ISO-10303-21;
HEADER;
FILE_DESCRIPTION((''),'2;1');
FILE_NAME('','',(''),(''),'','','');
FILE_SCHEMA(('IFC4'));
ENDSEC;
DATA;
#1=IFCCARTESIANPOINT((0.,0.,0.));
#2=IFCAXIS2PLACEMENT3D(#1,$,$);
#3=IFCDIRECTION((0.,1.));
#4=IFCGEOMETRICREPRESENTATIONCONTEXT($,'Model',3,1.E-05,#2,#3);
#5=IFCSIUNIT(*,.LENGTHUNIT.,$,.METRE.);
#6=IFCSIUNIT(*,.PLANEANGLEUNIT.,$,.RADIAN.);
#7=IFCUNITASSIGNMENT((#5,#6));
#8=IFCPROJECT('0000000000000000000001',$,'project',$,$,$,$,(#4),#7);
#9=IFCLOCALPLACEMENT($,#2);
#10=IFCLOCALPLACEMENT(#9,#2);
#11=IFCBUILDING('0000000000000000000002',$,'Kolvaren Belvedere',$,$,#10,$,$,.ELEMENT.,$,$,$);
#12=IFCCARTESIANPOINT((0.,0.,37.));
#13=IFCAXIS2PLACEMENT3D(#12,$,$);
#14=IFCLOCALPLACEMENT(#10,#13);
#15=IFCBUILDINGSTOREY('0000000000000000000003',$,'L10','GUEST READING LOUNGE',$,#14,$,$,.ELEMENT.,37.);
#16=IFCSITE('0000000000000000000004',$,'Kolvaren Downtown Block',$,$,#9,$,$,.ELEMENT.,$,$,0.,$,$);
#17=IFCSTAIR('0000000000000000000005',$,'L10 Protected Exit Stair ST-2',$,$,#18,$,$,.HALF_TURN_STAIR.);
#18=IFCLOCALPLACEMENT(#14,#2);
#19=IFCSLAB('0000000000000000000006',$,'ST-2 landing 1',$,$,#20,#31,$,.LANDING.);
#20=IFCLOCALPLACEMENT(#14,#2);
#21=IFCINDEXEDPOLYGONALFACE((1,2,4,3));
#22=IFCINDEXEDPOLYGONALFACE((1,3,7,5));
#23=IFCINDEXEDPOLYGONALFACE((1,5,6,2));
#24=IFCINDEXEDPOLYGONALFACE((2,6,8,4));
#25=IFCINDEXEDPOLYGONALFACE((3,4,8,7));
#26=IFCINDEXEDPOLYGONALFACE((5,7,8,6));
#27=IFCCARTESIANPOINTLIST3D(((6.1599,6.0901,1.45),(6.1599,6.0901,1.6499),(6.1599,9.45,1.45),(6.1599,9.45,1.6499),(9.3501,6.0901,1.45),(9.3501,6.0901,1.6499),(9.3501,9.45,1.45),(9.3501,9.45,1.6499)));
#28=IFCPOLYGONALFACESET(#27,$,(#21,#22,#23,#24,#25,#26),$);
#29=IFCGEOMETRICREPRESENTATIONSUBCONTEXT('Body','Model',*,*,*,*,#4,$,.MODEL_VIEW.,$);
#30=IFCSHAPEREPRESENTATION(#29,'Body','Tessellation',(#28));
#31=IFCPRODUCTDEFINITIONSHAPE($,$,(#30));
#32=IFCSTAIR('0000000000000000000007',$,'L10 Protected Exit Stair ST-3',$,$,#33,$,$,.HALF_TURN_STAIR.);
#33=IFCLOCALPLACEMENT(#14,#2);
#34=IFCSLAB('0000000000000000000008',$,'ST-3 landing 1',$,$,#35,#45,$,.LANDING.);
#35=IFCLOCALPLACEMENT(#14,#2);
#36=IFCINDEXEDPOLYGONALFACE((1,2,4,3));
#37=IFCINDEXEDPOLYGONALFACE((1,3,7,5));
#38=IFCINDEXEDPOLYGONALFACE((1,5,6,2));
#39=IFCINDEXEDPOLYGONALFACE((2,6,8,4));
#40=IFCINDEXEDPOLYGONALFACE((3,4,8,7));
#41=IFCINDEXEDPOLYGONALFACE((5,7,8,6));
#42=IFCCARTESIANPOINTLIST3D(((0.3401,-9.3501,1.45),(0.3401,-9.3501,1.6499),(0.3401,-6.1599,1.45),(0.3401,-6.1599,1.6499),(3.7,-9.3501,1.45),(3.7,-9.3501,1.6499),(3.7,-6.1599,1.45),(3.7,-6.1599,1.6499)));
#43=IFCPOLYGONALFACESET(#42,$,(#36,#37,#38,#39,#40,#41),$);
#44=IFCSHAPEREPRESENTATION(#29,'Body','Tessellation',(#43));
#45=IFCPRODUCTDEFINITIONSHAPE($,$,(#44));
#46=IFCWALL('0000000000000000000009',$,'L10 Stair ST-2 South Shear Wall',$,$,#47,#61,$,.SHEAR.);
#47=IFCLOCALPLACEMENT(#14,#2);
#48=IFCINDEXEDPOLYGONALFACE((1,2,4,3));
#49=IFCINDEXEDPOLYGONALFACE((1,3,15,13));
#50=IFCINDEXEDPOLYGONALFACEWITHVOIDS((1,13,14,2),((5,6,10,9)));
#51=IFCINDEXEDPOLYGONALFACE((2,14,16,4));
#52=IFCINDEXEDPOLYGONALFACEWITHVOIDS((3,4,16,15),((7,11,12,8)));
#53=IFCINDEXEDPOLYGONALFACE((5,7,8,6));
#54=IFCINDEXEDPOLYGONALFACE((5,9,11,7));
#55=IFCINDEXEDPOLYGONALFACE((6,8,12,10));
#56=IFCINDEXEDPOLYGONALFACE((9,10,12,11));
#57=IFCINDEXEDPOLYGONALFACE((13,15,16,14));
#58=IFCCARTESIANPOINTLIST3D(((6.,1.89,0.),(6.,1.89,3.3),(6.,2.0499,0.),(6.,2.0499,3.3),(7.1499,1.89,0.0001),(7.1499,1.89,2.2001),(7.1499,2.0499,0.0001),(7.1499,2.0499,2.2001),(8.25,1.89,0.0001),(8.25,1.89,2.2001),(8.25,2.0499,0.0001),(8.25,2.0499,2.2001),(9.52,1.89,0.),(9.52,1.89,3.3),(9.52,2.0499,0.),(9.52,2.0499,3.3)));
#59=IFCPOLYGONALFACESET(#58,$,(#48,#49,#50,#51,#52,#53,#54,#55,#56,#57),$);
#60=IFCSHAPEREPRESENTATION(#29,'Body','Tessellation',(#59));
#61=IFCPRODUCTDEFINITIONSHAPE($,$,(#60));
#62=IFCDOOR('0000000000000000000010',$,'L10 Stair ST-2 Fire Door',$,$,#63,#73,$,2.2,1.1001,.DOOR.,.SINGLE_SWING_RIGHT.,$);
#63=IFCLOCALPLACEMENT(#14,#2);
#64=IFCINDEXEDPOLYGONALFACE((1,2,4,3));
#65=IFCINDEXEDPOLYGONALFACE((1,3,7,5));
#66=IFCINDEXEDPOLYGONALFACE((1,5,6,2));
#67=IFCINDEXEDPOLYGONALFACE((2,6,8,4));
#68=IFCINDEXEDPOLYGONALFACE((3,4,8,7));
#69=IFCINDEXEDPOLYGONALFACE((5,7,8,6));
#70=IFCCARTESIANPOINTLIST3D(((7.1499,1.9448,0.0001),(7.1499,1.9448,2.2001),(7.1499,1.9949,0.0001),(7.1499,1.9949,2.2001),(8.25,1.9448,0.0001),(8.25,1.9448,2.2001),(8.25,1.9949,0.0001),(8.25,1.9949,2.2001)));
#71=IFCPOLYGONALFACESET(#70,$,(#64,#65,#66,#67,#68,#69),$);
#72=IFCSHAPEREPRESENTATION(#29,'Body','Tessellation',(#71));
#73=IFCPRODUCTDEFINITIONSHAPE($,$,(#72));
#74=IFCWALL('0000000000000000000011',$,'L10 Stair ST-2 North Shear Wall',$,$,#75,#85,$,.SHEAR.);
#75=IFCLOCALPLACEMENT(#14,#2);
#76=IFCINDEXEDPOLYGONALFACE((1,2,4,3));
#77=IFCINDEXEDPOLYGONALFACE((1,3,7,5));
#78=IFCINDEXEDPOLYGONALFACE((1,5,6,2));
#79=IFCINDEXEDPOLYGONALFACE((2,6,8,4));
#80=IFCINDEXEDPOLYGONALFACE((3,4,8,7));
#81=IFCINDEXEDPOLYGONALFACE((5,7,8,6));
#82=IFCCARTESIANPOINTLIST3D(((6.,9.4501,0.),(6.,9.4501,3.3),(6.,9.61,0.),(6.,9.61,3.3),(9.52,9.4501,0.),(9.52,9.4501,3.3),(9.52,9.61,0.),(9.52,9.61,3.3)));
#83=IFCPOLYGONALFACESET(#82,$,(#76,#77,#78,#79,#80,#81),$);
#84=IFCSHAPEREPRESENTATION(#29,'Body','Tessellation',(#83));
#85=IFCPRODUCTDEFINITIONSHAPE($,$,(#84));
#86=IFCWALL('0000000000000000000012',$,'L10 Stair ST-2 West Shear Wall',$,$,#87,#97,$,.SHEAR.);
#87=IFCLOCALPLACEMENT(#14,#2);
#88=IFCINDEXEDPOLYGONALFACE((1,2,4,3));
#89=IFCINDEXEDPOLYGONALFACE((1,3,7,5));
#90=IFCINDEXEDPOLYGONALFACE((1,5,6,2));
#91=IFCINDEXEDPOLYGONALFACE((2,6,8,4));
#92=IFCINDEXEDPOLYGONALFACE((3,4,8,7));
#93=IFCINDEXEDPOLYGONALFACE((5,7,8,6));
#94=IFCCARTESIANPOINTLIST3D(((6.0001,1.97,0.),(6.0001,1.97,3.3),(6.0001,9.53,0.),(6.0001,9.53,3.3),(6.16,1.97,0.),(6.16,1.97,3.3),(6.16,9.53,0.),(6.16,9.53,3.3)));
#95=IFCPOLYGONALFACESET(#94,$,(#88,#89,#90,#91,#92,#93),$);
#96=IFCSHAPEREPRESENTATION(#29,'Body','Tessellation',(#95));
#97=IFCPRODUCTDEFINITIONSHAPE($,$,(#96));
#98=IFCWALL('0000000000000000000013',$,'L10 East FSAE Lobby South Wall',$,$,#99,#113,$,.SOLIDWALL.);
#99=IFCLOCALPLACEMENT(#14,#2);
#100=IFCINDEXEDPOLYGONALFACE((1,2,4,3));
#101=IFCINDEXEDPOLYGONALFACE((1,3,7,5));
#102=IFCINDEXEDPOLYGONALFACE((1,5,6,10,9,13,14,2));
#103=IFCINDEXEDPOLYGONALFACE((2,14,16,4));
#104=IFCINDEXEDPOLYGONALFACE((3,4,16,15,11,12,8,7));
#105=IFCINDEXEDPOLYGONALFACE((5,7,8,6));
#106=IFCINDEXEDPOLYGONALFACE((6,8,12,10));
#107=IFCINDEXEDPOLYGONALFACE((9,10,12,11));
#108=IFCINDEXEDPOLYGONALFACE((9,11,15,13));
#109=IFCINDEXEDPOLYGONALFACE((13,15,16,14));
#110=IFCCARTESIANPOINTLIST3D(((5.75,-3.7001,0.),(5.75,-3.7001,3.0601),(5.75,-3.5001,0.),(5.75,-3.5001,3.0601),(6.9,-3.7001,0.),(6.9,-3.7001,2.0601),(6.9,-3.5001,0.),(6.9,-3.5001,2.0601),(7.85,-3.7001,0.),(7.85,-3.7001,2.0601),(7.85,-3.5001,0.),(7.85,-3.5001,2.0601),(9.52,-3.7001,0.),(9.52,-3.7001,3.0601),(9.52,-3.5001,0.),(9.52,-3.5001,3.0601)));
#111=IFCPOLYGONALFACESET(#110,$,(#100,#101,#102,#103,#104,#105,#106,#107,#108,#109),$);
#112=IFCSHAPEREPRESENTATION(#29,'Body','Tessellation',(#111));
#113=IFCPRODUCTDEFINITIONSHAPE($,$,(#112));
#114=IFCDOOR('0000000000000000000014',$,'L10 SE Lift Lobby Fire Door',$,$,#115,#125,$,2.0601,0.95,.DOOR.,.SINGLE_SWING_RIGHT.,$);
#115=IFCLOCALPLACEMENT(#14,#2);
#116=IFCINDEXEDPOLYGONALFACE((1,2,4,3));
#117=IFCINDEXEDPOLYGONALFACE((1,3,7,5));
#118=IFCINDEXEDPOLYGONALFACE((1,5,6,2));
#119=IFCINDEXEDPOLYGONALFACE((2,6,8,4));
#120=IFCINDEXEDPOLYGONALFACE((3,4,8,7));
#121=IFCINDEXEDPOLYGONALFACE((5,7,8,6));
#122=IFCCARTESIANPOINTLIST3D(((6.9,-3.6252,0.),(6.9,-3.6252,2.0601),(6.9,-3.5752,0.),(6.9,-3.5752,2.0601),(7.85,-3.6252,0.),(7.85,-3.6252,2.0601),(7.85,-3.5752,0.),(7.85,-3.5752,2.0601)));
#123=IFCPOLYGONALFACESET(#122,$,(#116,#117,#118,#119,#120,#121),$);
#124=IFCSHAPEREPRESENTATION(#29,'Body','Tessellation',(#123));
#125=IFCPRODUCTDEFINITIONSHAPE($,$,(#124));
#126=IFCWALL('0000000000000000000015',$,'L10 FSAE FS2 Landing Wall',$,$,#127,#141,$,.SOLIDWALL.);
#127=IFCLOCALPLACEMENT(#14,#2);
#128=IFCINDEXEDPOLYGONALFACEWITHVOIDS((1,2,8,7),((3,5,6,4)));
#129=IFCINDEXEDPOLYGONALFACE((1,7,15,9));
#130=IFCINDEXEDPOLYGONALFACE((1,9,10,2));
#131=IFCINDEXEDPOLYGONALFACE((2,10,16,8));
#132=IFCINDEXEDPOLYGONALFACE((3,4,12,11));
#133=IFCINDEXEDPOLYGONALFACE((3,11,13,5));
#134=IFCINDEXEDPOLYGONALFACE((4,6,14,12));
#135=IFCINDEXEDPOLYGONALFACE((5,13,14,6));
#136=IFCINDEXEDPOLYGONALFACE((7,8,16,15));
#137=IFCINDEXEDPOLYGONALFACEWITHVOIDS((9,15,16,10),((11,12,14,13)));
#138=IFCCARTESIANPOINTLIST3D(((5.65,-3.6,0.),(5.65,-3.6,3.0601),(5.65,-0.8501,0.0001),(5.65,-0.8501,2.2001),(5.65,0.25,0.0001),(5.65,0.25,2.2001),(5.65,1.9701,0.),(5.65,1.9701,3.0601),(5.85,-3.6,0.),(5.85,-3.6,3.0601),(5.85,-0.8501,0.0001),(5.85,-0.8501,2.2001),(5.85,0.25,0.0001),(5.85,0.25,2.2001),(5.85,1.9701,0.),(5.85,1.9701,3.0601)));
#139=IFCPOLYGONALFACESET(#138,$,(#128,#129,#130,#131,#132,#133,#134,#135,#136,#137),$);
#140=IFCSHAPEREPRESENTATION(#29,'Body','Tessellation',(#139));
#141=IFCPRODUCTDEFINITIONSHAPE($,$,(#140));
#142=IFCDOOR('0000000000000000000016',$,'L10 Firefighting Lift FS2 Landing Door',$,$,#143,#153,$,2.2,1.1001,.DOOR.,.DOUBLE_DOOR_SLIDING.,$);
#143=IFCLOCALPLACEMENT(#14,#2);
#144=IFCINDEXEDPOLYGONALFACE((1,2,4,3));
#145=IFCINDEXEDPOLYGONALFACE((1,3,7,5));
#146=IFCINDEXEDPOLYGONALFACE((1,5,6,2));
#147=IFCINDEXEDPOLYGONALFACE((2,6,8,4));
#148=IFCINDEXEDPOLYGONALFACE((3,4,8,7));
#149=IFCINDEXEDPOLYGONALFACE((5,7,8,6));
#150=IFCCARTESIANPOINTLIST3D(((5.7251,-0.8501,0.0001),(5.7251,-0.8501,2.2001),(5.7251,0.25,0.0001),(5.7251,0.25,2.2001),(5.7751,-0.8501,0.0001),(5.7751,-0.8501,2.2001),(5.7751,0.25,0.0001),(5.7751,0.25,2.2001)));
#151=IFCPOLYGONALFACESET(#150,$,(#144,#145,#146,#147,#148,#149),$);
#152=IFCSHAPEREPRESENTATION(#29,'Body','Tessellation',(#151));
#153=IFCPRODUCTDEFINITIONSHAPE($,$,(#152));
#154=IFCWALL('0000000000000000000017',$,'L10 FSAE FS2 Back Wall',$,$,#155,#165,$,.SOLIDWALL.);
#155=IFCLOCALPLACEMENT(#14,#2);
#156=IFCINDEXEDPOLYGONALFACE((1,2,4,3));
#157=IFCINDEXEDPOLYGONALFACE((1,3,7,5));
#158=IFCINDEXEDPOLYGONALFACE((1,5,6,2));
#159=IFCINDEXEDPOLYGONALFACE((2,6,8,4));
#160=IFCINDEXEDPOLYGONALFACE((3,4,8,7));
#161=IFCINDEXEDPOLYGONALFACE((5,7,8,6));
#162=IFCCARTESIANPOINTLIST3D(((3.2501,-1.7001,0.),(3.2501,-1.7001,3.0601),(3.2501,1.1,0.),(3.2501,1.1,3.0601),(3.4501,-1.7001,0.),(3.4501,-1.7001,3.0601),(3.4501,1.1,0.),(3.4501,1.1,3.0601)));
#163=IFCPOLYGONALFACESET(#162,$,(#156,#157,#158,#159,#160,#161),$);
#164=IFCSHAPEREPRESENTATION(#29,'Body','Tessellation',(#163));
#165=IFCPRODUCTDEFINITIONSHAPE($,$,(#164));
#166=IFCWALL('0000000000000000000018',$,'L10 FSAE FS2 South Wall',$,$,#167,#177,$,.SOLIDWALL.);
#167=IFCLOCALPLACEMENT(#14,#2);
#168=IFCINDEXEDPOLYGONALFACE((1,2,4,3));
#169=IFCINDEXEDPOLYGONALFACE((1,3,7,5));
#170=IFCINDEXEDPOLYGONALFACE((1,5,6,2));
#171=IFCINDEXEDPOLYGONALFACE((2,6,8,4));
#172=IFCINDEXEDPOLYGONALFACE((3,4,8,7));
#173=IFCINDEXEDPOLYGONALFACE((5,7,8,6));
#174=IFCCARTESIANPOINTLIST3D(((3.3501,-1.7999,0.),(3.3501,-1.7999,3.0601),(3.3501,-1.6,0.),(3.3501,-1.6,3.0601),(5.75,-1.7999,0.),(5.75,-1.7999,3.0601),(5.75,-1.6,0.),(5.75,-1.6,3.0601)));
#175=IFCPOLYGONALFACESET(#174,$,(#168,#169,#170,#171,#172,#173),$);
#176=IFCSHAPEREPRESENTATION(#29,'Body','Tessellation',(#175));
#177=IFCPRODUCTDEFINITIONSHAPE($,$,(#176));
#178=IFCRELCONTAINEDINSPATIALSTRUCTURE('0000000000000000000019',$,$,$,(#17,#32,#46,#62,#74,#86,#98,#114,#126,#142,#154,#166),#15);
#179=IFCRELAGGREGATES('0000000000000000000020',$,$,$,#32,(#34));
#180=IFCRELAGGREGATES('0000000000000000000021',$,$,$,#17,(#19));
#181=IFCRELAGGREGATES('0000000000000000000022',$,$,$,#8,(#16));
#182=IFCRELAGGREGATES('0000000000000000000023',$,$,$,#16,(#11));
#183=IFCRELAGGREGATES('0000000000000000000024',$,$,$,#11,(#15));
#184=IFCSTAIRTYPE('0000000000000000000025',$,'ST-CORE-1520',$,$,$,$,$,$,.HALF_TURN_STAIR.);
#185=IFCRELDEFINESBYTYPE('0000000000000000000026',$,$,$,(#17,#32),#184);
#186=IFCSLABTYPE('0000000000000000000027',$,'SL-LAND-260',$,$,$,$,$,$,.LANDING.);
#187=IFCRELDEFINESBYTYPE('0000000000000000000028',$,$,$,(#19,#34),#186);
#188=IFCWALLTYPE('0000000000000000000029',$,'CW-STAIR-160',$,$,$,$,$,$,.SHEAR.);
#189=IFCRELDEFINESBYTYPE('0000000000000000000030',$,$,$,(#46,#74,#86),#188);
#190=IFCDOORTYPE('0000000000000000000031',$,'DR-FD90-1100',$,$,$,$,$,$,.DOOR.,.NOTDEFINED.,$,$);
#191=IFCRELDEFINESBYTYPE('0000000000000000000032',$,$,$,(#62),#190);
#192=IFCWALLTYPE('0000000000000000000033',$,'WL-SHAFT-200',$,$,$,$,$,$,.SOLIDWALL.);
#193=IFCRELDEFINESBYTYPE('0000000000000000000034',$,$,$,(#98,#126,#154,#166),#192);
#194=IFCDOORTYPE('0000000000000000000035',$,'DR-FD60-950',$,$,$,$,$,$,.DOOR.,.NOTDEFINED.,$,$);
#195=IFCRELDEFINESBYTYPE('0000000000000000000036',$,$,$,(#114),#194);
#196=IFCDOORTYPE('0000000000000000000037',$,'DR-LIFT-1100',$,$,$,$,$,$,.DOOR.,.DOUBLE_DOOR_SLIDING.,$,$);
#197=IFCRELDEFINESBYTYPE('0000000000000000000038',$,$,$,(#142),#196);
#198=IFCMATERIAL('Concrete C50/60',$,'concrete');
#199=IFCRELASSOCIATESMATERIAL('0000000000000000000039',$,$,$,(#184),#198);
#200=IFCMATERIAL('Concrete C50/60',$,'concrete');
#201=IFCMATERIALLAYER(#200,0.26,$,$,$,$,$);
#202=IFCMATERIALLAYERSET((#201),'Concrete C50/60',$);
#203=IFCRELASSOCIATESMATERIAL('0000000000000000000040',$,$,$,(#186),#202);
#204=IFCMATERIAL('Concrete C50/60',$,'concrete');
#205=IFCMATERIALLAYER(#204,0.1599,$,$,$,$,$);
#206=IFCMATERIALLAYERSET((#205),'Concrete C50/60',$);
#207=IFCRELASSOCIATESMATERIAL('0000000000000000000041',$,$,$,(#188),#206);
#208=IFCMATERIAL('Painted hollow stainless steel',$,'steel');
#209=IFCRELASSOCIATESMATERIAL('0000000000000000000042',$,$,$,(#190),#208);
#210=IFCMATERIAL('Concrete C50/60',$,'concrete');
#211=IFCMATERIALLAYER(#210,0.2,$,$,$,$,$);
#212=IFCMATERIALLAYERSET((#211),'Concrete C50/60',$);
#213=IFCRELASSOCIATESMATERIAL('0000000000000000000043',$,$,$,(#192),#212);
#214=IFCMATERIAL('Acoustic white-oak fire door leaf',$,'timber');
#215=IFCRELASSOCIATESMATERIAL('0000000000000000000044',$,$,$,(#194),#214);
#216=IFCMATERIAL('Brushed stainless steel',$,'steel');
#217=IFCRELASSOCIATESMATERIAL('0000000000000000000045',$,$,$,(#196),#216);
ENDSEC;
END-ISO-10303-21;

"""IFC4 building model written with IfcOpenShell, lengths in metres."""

from ifc_helpers import new_model, si_unit, direction, frame, frame_2d, origin, place, context, subcontext, project, spatial, polyline, rectangle, outline, extrude, material, layer, layer_set, type_object, element, fill, aggregate, save


model = new_model("IFC4")

# Units and contexts
model_context = context("Model", 3, precision=1e-05, world=origin(), true_north=direction((0.0, 1.0)))
body_context = subcontext(model_context, "Body", "Model", "MODEL_VIEW")
ifc_project = project(units=[si_unit("LENGTHUNIT", "METRE"), si_unit("PLANEANGLEUNIT", "RADIAN")], contexts=[model_context])

# Site, building, storey
site_placement = place(None, origin())
site = spatial("IfcSite", under=ifc_project, at=site_placement, Name="Kolvaren Downtown Block", CompositionType="ELEMENT", RefElevation=0.0)
building_placement = place(site_placement, origin())
building = spatial("IfcBuilding", under=site, at=building_placement, Name="Kolvaren Belvedere", CompositionType="ELEMENT")
storey_placement = place(building_placement, frame((0.0, 0.0, 37.0)))
storey = spatial("IfcBuildingStorey", under=building, at=storey_placement, Name="L10", Description="GUEST READING LOUNGE", CompositionType="ELEMENT", Elevation=37.0)

# Stairs, slabs
ifc_material_1 = material(Name="Concrete C50/60", Category="concrete")
stair_type = type_object("IfcStairType", Name="ST-CORE-1520", PredefinedType="HALF_TURN_STAIR", material=ifc_material_1)
stair_1_placement = place(storey_placement, origin())
stair_1 = element("IfcStair", 1, at=stair_1_placement, inside=storey, type_object=stair_type, Name="L10 Protected Exit Stair ST-2", PredefinedType="HALF_TURN_STAIR")
ifc_material_2 = material(Name="Concrete C50/60", Category="concrete")
ifc_layer_1 = layer(ifc_material_2, 0.26)
ifc_layer_set_1 = layer_set([ifc_layer_1], Name="Concrete C50/60")
slab_type = type_object("IfcSlabType", Name="SL-LAND-260", PredefinedType="LANDING", material=ifc_layer_set_1)
slab_1_placement = place(storey_placement, frame((0.0, 0.0, 1.45)))
slab_1 = element("IfcSlab", 2, at=slab_1_placement, type_object=slab_type, Name="ST-2 landing 1", PredefinedType="LANDING", context=body_context, shape_type="SweptSolid", body=[
    extrude(outline(polyline([(9.3501, 6.0901), (9.3501, 9.45), (6.1599, 9.45), (6.1599, 6.0901), (9.3501, 6.0901)])), origin(), (0.0, 0.0, 1.0), 0.2),
])
stair_2_placement = place(storey_placement, origin())
stair_2 = element("IfcStair", 3, at=stair_2_placement, inside=storey, type_object=stair_type, Name="L10 Protected Exit Stair ST-3", PredefinedType="HALF_TURN_STAIR")
slab_2_placement = place(storey_placement, frame((0.0, 0.0, 1.45)))
slab_2 = element("IfcSlab", 4, at=slab_2_placement, type_object=slab_type, Name="ST-3 landing 1", PredefinedType="LANDING", context=body_context, shape_type="SweptSolid", body=[
    extrude(outline(polyline([(0.3401, -9.3501), (3.7, -9.3501), (3.7, -6.1599), (0.3401, -6.1599), (0.3401, -9.3501)])), origin(), (0.0, 0.0, 1.0), 0.2),
])
aggregate(stair_2, [slab_2])

# Wall, opening, door
ifc_material_3 = material(Name="Concrete C50/60", Category="concrete")
ifc_layer_2 = layer(ifc_material_3, 0.1599)
ifc_layer_set_2 = layer_set([ifc_layer_2], Name="Concrete C50/60")
wall_type_1 = type_object("IfcWallType", Name="CW-STAIR-160", PredefinedType="SHEAR", material=ifc_layer_set_2)
wall_1_placement = place(storey_placement, frame((6.0, 1.97, 0.0), z_axis=(0.0, 0.0, 1.0), x_axis=(1.0, 0.0, 0.0)))
wall_1 = element("IfcWall", 5, at=wall_1_placement, inside=storey, type_object=wall_type_1, Name="L10 Stair ST-2 South Shear Wall", PredefinedType="SHEAR", context=body_context, shape_type="SweptSolid", body=[
    extrude(rectangle(XDim=3.52, YDim=0.1599, at=frame_2d((1.76, 0.0))), origin(), (0.0, 0.0, 1.0), 3.3),
])
opening_1_placement = place(wall_1_placement, frame((1.1499, 0.0, 0.0)))
opening_1 = element("IfcOpeningElement", 6, at=opening_1_placement, cuts=wall_1, PredefinedType="OPENING", context=body_context, shape_type="SweptSolid", body=[
    extrude(rectangle(XDim=1.1001, YDim=2.2, at=frame_2d((0.55, 1.1001))), frame((0.0, 0.0898, 0.0), z_axis=(0.0, -1.0, 0.0), x_axis=(1.0, 0.0, 0.0)), (0.0, 0.0, 1.0), 0.1799),
])
ifc_material_4 = material(Name="Painted hollow stainless steel", Category="steel")
door_type_1 = type_object("IfcDoorType", Name="DR-FD90-1100", OperationType="NOTDEFINED", PredefinedType="DOOR", material=ifc_material_4)
door_1_placement = place(opening_1_placement, origin())
door_1 = element("IfcDoor", 7, at=door_1_placement, inside=storey, type_object=door_type_1, Name="L10 Stair ST-2 Fire Door", OperationType="SINGLE_SWING_RIGHT", OverallHeight=2.2, OverallWidth=1.1001, PredefinedType="DOOR", context=body_context, shape_type="SweptSolid", body=[
    extrude(rectangle(XDim=1.1001, YDim=2.2, at=frame_2d((0.55, 1.1001))), frame((0.0, 0.0249, 0.0), z_axis=(0.0, -1.0, 0.0), x_axis=(1.0, 0.0, 0.0)), (0.0, 0.0, 1.0), 0.05),
])
fill(opening_1, door_1)

# Walls
wall_2_placement = place(storey_placement, frame((6.0, 9.53, 0.0), z_axis=(0.0, 0.0, 1.0), x_axis=(1.0, 0.0, 0.0)))
element("IfcWall", 8, at=wall_2_placement, inside=storey, type_object=wall_type_1, Name="L10 Stair ST-2 North Shear Wall", PredefinedType="SHEAR", context=body_context, shape_type="SweptSolid", body=[
    extrude(rectangle(XDim=3.52, YDim=0.1599, at=frame_2d((1.76, 0.0))), origin(), (0.0, 0.0, 1.0), 3.3),
])
wall_3_placement = place(storey_placement, frame((6.0801, 1.97, 0.0), z_axis=(0.0, 0.0, 1.0), x_axis=(0.0, 1.0, 0.0)))
element("IfcWall", 9, at=wall_3_placement, inside=storey, type_object=wall_type_1, Name="L10 Stair ST-2 West Shear Wall", PredefinedType="SHEAR", context=body_context, shape_type="SweptSolid", body=[
    extrude(rectangle(XDim=7.5601, YDim=0.1599, at=frame_2d((3.78, 0.0))), origin(), (0.0, 0.0, 1.0), 3.3),
])

# Walls, openings, doors
ifc_material_5 = material(Name="Concrete C50/60", Category="concrete")
ifc_layer_3 = layer(ifc_material_5, 0.2)
ifc_layer_set_3 = layer_set([ifc_layer_3], Name="Concrete C50/60")
wall_type_2 = type_object("IfcWallType", Name="WL-SHAFT-200", PredefinedType="SOLIDWALL", material=ifc_layer_set_3)
wall_4_placement = place(storey_placement, frame((5.75, -3.6001, 0.0), z_axis=(0.0, 0.0, 1.0), x_axis=(1.0, 0.0, 0.0)))
wall_4 = element("IfcWall", 10, at=wall_4_placement, inside=storey, type_object=wall_type_2, Name="L10 East FSAE Lobby South Wall", PredefinedType="SOLIDWALL", context=body_context, shape_type="SweptSolid", body=[
    extrude(rectangle(XDim=3.77, YDim=0.2, at=frame_2d((1.885, 0.0))), origin(), (0.0, 0.0, 1.0), 3.0601),
])
opening_2_placement = place(wall_4_placement, frame((1.1499, 0.0, 0.0)))
opening_2 = element("IfcOpeningElement", 11, at=opening_2_placement, cuts=wall_4, PredefinedType="OPENING", context=body_context, shape_type="SweptSolid", body=[
    extrude(rectangle(XDim=0.95, YDim=2.0601, at=frame_2d((0.4751, 1.03))), frame((0.0, 0.1099, 0.0), z_axis=(0.0, -1.0, 0.0), x_axis=(1.0, 0.0, 0.0)), (0.0, 0.0, 1.0), 0.22),
])
ifc_material_6 = material(Name="Acoustic white-oak fire door leaf", Category="timber")
door_type_2 = type_object("IfcDoorType", Name="DR-FD60-950", OperationType="NOTDEFINED", PredefinedType="DOOR", material=ifc_material_6)
door_2_placement = place(opening_2_placement, origin())
door_2 = element("IfcDoor", 12, at=door_2_placement, inside=storey, type_object=door_type_2, Name="L10 SE Lift Lobby Fire Door", OperationType="SINGLE_SWING_RIGHT", OverallHeight=2.0601, OverallWidth=0.95, PredefinedType="DOOR", context=body_context, shape_type="SweptSolid", body=[
    extrude(rectangle(XDim=0.95, YDim=2.0601, at=frame_2d((0.4751, 1.03))), frame((0.0, 0.0249, 0.0), z_axis=(0.0, -1.0, 0.0), x_axis=(1.0, 0.0, 0.0)), (0.0, 0.0, 1.0), 0.05),
])
fill(opening_2, door_2)
wall_5_placement = place(storey_placement, frame((5.75, -3.6001, 0.0), z_axis=(0.0, 0.0, 1.0), x_axis=(0.0, 1.0, 0.0)))
wall_5 = element("IfcWall", 13, at=wall_5_placement, inside=storey, type_object=wall_type_2, Name="L10 FSAE FS2 Landing Wall", PredefinedType="SOLIDWALL", context=body_context, shape_type="SweptSolid", body=[
    extrude(rectangle(XDim=5.5701, YDim=0.2, at=frame_2d((2.7852, 0.0))), origin(), (0.0, 0.0, 1.0), 3.0601),
])
opening_3_placement = place(wall_5_placement, frame((2.75, 0.0, 0.0)))
opening_3 = element("IfcOpeningElement", 14, at=opening_3_placement, cuts=wall_5, PredefinedType="OPENING", context=body_context, shape_type="SweptSolid", body=[
    extrude(rectangle(XDim=1.1001, YDim=2.2, at=frame_2d((0.55, 1.1001))), frame((0.0, 0.1099, 0.0), z_axis=(0.0, -1.0, 0.0), x_axis=(1.0, 0.0, 0.0)), (0.0, 0.0, 1.0), 0.22),
])
ifc_material_7 = material(Name="Brushed stainless steel", Category="steel")
door_type_3 = type_object("IfcDoorType", Name="DR-LIFT-1100", OperationType="DOUBLE_DOOR_SLIDING", PredefinedType="DOOR", material=ifc_material_7)
door_3_placement = place(opening_3_placement, origin())
door_3 = element("IfcDoor", 15, at=door_3_placement, inside=storey, type_object=door_type_3, Name="L10 Firefighting Lift FS2 Landing Door", OperationType="DOUBLE_DOOR_SLIDING", OverallHeight=2.2, OverallWidth=1.1001, PredefinedType="DOOR", context=body_context, shape_type="SweptSolid", body=[
    extrude(rectangle(XDim=1.1001, YDim=2.2, at=frame_2d((0.55, 1.1001))), frame((0.0, 0.0249, 0.0), z_axis=(0.0, -1.0, 0.0), x_axis=(1.0, 0.0, 0.0)), (0.0, 0.0, 1.0), 0.05),
])
fill(opening_3, door_3)

# Walls
wall_6_placement = place(storey_placement, frame((3.3501, -1.7, 0.0), z_axis=(0.0, 0.0, 1.0), x_axis=(0.0, 1.0, 0.0)))
element("IfcWall", 16, at=wall_6_placement, inside=storey, type_object=wall_type_2, Name="L10 FSAE FS2 Back Wall", PredefinedType="SOLIDWALL", context=body_context, shape_type="SweptSolid", body=[
    extrude(rectangle(XDim=2.8, YDim=0.2, at=frame_2d((1.3999, 0.0))), origin(), (0.0, 0.0, 1.0), 3.0601),
])
for number, where, z_axis, x_axis, name in (
    (17, (3.3501, -1.7, 0.0), (0.0, 0.0, 1.0), (1.0, 0.0, 0.0), "L10 FSAE FS2 South Wall"),
):
    element("IfcWall", number, at=place(storey_placement, frame(where, z_axis=z_axis, x_axis=x_axis)), inside=storey, type_object=wall_type_2, Name=name, PredefinedType="SOLIDWALL", context=body_context, shape_type="SweptSolid", body=[
        extrude(rectangle(XDim=2.3999, YDim=0.2, at=frame_2d((1.2, 0.0))), origin(), (0.0, 0.0, 1.0), 3.0601),
    ])

aggregate(stair_1, [slab_1])

save(model, "model.ifc")
